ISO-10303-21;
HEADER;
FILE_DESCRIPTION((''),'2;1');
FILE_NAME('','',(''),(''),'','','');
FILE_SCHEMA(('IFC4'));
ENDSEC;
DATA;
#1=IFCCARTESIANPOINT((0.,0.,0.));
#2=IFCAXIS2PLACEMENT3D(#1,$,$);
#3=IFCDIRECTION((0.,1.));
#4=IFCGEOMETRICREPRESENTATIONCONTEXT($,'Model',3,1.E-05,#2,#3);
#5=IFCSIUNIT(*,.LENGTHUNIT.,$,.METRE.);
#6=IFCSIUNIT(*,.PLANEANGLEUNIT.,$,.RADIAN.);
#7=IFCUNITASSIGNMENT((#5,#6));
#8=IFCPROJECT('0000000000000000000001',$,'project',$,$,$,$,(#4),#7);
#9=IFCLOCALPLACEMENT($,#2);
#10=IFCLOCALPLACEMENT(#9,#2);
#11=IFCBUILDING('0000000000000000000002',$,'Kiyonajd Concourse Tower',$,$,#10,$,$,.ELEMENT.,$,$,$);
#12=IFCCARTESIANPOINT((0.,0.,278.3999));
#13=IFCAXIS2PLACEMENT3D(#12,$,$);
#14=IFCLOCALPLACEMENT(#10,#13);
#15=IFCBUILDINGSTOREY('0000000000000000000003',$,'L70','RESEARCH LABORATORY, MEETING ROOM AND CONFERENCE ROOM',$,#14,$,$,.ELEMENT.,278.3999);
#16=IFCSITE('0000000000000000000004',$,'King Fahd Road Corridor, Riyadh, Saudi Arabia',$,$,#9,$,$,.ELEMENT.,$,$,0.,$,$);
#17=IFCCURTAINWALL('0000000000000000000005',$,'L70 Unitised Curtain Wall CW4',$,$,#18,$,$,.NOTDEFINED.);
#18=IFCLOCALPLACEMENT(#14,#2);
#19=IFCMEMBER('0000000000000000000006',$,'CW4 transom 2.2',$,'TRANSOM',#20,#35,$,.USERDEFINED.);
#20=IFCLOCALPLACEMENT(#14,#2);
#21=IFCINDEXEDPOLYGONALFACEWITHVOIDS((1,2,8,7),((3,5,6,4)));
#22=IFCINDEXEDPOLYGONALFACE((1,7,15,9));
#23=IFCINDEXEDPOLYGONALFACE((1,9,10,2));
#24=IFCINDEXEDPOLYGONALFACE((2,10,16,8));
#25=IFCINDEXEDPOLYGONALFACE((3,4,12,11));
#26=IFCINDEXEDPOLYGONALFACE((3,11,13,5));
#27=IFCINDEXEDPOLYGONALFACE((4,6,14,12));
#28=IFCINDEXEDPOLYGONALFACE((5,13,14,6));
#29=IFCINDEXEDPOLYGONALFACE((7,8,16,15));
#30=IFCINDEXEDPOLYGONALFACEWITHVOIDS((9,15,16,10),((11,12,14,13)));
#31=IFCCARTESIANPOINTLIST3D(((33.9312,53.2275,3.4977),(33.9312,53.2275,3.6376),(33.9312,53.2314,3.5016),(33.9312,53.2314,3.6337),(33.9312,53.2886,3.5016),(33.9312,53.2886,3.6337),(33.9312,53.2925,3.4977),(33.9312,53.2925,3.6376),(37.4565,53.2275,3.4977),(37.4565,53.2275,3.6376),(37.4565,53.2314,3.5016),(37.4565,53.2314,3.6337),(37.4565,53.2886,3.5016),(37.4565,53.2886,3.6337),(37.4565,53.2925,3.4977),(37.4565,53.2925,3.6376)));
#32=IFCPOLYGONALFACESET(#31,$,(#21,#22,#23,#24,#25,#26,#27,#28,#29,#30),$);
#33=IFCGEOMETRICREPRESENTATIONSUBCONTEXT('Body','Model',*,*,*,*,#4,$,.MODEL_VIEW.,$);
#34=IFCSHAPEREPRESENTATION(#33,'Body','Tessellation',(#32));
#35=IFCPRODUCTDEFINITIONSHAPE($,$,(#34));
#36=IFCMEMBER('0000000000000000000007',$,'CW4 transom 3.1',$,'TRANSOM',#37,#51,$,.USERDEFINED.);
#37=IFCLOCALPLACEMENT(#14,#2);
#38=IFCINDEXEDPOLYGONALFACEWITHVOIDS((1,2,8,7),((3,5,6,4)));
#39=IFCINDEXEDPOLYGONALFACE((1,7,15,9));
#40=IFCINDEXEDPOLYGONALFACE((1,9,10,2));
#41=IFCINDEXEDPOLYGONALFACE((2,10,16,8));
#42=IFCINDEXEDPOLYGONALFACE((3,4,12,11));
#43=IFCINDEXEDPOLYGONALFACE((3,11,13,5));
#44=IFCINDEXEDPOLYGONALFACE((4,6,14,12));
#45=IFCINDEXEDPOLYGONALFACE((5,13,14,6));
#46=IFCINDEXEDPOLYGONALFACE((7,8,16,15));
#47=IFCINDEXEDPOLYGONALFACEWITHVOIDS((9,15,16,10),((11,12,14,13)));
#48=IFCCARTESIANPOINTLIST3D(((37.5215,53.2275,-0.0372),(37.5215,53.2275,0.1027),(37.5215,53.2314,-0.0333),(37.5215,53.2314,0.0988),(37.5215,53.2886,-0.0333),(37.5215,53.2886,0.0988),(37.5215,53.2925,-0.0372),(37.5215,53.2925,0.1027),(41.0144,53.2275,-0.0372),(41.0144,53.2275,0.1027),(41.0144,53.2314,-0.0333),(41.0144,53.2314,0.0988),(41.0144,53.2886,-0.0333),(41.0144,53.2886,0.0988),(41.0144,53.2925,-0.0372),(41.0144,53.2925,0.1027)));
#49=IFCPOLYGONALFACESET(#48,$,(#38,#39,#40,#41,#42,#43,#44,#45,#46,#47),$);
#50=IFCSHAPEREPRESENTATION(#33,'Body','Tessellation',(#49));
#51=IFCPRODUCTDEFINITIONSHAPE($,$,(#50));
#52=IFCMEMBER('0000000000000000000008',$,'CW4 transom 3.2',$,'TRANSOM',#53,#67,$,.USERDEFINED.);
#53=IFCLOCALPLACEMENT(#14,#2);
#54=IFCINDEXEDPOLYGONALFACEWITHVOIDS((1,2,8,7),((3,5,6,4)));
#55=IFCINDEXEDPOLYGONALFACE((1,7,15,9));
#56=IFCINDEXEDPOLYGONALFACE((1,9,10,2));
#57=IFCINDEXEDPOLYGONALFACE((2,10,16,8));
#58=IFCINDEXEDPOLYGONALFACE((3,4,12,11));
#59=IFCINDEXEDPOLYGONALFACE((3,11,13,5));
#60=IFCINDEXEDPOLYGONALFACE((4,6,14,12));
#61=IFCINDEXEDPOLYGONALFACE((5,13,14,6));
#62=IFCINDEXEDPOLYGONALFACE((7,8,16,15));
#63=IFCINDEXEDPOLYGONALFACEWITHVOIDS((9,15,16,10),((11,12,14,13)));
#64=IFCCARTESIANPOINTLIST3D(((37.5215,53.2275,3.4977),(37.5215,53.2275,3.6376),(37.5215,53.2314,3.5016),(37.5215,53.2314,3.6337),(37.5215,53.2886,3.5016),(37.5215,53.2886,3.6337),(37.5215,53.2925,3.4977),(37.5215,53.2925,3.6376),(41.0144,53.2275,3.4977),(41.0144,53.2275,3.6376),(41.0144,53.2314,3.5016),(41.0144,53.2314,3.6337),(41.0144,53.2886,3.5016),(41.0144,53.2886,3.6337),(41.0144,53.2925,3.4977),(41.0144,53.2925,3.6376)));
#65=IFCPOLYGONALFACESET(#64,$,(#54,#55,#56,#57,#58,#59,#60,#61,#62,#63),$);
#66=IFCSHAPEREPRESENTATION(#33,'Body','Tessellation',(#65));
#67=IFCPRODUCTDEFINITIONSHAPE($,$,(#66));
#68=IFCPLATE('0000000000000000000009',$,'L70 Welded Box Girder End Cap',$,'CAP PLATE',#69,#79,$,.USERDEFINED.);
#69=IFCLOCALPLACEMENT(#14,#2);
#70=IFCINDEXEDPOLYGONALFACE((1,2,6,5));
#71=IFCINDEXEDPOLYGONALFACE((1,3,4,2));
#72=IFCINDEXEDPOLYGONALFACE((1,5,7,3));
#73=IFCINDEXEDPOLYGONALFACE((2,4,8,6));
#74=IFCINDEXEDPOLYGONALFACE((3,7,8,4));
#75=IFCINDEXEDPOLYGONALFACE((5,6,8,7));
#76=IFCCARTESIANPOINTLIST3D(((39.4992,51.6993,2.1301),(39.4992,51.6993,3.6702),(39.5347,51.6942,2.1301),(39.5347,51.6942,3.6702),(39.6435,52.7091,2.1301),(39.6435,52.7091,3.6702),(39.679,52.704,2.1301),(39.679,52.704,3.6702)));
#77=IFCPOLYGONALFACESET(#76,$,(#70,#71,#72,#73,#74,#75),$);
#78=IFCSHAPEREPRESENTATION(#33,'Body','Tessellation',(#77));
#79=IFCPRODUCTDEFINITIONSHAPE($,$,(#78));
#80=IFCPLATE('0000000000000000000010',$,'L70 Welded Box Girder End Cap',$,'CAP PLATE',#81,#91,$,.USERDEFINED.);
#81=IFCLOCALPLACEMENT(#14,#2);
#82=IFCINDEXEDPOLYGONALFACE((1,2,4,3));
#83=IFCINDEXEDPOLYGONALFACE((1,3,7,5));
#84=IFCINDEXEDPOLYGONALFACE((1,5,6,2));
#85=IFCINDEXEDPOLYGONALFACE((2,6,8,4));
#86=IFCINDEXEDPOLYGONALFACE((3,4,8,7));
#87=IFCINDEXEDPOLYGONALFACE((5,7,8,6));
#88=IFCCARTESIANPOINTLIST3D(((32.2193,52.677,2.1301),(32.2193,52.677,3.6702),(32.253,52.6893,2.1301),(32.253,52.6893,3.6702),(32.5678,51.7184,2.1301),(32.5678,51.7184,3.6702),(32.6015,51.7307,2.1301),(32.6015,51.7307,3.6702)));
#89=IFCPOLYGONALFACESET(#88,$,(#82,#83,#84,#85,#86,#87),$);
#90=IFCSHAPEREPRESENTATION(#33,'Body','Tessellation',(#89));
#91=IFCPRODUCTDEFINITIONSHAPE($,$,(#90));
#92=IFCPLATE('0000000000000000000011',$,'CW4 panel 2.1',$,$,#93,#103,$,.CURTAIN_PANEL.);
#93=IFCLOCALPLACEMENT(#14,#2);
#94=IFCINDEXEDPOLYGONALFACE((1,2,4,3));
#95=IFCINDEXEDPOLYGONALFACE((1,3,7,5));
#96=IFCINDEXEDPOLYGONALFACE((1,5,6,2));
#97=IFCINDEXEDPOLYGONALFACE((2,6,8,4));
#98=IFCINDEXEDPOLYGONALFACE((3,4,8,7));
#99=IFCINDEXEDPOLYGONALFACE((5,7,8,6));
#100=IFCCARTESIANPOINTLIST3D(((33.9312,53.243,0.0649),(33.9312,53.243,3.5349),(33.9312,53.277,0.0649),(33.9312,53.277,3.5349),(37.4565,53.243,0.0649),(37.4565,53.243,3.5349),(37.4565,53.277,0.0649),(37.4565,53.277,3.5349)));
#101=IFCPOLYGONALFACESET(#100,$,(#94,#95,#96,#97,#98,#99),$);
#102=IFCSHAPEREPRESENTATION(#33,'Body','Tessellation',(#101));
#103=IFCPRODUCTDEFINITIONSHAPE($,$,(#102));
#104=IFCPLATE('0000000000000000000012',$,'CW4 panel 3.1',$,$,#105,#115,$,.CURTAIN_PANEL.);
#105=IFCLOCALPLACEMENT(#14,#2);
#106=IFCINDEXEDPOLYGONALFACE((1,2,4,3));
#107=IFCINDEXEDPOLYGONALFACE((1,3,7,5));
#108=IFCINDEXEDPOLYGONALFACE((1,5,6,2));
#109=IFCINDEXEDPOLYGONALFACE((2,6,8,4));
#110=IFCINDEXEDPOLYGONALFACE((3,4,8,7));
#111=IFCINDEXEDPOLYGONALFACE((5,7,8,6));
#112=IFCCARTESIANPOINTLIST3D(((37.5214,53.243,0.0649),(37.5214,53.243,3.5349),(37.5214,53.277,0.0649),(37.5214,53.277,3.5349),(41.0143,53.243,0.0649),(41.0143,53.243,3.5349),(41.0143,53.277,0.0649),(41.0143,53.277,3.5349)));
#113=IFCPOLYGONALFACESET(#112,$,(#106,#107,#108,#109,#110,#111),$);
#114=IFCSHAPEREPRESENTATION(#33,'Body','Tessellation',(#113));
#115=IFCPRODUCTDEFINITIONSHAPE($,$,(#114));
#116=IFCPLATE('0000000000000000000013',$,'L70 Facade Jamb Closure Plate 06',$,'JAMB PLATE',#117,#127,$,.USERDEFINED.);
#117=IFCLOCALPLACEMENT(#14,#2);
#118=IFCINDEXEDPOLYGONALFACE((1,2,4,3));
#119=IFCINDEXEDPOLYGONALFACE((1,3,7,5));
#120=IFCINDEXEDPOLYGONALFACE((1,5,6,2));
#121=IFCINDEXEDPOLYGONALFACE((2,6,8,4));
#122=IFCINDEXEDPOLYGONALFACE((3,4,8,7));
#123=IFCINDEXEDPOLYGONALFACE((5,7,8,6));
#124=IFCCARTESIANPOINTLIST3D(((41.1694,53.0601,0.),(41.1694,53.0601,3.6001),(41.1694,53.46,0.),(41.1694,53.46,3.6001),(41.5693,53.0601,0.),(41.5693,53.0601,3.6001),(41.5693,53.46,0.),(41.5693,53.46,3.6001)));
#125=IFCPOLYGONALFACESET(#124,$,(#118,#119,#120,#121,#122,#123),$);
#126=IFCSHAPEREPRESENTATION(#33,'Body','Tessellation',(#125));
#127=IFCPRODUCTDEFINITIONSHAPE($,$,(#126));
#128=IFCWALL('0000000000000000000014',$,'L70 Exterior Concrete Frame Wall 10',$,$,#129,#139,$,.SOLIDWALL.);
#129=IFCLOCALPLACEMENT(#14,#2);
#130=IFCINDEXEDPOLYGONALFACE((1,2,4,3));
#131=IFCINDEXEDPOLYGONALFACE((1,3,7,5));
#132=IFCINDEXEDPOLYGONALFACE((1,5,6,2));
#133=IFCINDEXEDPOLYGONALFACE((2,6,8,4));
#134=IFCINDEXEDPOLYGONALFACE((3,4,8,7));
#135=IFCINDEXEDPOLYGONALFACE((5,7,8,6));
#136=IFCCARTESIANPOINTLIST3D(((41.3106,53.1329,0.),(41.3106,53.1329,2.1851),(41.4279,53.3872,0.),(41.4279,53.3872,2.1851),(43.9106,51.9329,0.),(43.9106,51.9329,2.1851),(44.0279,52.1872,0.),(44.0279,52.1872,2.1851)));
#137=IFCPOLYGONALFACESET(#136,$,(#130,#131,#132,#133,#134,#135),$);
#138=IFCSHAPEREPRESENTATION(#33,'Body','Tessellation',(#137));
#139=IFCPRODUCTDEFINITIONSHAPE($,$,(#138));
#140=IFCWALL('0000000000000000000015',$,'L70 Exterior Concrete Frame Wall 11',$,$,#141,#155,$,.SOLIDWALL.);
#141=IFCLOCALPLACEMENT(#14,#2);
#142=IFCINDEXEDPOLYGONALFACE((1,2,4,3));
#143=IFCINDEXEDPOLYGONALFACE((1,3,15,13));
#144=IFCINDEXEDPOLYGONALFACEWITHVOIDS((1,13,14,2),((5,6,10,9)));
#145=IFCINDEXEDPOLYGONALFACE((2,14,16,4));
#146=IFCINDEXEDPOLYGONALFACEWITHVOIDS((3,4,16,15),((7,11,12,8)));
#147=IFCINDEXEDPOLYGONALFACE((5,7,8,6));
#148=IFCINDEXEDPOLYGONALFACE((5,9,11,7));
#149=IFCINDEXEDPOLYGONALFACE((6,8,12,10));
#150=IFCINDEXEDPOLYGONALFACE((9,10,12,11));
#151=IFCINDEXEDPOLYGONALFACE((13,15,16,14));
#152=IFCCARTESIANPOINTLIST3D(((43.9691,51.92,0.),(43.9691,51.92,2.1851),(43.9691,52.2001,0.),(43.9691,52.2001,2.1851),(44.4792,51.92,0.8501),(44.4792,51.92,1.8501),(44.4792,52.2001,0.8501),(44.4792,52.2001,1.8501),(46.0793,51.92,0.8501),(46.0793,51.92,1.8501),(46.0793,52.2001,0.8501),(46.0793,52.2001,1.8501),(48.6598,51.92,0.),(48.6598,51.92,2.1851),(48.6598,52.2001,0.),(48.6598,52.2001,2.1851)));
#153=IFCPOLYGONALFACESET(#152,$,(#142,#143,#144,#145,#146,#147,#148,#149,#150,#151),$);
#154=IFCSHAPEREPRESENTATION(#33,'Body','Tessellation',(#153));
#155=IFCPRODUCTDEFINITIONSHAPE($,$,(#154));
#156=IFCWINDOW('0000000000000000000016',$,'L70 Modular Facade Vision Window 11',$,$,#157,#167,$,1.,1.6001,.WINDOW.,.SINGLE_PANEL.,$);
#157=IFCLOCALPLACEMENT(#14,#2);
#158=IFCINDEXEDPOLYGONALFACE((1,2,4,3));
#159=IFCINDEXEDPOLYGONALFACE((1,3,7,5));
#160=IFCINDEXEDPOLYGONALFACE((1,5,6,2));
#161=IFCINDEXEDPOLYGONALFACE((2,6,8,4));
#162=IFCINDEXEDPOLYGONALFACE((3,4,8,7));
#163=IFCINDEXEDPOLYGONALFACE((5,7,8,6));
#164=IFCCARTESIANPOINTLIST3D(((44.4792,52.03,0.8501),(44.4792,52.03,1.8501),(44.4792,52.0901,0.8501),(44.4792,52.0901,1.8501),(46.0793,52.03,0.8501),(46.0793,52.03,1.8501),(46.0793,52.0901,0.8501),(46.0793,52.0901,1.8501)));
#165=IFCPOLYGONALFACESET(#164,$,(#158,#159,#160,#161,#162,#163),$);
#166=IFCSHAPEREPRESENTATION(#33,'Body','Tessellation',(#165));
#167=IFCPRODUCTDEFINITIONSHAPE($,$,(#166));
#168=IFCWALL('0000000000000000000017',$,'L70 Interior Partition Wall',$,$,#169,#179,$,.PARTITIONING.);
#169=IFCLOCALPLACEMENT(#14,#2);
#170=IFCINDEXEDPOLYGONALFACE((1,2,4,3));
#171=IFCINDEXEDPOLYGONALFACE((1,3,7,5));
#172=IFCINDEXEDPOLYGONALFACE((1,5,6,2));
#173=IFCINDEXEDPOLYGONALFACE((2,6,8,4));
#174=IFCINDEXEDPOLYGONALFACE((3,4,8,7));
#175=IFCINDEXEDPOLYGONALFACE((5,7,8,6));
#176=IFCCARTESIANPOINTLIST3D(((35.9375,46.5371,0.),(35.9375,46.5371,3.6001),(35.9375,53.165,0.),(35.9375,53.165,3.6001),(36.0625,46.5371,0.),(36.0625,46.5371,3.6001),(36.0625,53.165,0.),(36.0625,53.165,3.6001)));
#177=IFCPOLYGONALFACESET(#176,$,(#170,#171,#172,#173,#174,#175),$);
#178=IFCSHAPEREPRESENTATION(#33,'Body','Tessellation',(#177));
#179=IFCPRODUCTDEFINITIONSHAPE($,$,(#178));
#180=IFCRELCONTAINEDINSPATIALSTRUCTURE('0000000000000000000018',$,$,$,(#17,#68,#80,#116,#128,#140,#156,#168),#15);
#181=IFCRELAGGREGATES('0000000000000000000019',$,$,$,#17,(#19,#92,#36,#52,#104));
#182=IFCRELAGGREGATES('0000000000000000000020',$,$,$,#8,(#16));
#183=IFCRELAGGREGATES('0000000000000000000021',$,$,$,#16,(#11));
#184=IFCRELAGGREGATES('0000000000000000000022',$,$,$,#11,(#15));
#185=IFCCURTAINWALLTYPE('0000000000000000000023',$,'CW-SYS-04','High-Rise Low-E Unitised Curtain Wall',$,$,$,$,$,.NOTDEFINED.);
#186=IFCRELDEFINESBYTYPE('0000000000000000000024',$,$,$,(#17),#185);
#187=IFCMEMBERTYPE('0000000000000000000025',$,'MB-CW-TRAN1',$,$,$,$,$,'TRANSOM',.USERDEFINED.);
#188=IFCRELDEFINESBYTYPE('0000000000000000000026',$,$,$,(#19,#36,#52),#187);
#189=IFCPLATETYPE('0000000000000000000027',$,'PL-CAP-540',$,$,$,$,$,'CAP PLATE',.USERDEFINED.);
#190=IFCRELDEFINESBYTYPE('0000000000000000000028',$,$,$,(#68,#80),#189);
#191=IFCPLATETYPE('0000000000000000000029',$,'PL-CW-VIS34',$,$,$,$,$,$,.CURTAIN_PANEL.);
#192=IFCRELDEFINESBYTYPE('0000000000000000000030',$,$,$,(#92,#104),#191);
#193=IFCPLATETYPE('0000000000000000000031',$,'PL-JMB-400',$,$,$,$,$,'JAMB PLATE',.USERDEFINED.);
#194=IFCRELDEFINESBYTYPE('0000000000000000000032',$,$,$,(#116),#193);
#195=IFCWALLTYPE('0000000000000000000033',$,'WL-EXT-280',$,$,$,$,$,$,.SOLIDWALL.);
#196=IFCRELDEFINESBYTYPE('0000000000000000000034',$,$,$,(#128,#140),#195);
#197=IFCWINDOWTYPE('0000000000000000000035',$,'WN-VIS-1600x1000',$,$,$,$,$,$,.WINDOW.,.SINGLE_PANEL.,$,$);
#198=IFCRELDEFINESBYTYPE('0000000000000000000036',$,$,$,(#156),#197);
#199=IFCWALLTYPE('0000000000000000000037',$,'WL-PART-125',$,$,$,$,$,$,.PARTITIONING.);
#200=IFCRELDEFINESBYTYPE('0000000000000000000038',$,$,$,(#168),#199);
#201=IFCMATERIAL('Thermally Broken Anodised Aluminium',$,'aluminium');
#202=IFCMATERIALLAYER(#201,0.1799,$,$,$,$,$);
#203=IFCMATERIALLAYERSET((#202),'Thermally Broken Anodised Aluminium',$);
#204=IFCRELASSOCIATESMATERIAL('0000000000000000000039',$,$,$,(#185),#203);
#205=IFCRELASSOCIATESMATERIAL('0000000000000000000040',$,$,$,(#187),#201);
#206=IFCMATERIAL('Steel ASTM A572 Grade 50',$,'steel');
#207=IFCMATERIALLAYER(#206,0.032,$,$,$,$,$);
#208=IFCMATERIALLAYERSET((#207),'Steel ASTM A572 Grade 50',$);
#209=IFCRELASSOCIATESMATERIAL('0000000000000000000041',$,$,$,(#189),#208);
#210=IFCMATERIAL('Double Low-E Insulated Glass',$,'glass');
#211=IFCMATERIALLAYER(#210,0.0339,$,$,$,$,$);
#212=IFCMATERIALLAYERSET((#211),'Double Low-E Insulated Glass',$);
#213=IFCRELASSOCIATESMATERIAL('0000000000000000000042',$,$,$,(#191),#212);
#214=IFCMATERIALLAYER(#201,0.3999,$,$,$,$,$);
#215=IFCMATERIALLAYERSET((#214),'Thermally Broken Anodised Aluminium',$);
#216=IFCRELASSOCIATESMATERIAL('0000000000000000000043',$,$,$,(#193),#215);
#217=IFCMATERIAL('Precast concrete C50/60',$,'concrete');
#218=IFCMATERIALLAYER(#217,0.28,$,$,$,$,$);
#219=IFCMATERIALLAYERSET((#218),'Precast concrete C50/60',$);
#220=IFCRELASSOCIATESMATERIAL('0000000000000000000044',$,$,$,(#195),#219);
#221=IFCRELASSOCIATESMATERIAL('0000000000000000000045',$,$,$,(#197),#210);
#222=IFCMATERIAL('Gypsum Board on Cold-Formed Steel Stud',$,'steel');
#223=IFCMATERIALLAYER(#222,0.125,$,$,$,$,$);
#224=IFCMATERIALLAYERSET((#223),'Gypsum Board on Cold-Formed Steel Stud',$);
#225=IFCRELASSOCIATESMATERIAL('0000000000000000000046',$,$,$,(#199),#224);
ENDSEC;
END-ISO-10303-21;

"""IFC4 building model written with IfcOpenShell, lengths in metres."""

from ifc_helpers import new_model, si_unit, direction, frame, frame_2d, origin, origin_2d, place, context, subcontext, project, spatial, rectangle, hollow_rectangle, extrude, material, layer, layer_set, material_profile, profile_set, type_object, element, fill, aggregate, save


model = new_model("IFC4")

# Units and contexts
model_context = context("Model", 3, precision=1e-05, world=origin(), true_north=direction((0.0, 1.0)))
body_context = subcontext(model_context, "Body", "Model", "MODEL_VIEW")
ifc_project = project(units=[si_unit("LENGTHUNIT", "METRE"), si_unit("PLANEANGLEUNIT", "RADIAN")], contexts=[model_context])

# Site, building, storey
site_placement = place(None, origin())
site = spatial("IfcSite", under=ifc_project, at=site_placement, Name="King Fahd Road Corridor, Riyadh, Saudi Arabia", CompositionType="ELEMENT", RefElevation=0.0)
building_placement = place(site_placement, origin())
building = spatial("IfcBuilding", under=site, at=building_placement, Name="Kiyonajd Concourse Tower", CompositionType="ELEMENT")
storey_placement = place(building_placement, frame((0.0, 0.0, 278.3999)))
storey = spatial("IfcBuildingStorey", under=building, at=storey_placement, Name="L70", Description="RESEARCH LABORATORY, MEETING ROOM AND CONFERENCE ROOM", CompositionType="ELEMENT", Elevation=278.3999)

# Curtain wall, members
ifc_material_1 = material(Name="Thermally Broken Anodised Aluminium", Category="aluminium")
ifc_layer_1 = layer(ifc_material_1, 0.1799)
ifc_layer_set_1 = layer_set([ifc_layer_1], Name="Thermally Broken Anodised Aluminium")
curtain_wall_type = type_object("IfcCurtainWallType", Name="CW-SYS-04", Description="High-Rise Low-E Unitised Curtain Wall", PredefinedType="NOTDEFINED", material=ifc_layer_set_1)
curtain_wall_placement = place(storey_placement, origin())
curtain_wall = element("IfcCurtainWall", 1, at=curtain_wall_placement, inside=storey, type_object=curtain_wall_type, Name="L70 Unitised Curtain Wall CW4", PredefinedType="NOTDEFINED")
ifc_material_profile_1 = material_profile(ifc_material_1, hollow_rectangle(XDim=0.0649, YDim=0.1399, WallThickness=0.0039, at=origin_2d()), Name="TRAN-65x140")
ifc_profile_set_1 = profile_set([ifc_material_profile_1], Name="Thermally Broken Anodised Aluminium")
member_type_1 = type_object("IfcMemberType", Name="MB-CW-TRAN1", ElementType="TRANSOM", PredefinedType="USERDEFINED", material=ifc_profile_set_1)
member_1_placement = place(storey_placement, frame((33.9312, 53.26, 3.5676), z_axis=(1.0, 0.0, 0.0), x_axis=(0.0, 1.0, 0.0)))
member_1 = element("IfcMember", 2, at=member_1_placement, type_object=member_type_1, Name="CW4 transom 2.2", ObjectType="TRANSOM", PredefinedType="USERDEFINED", context=body_context, shape_type="SweptSolid", body=[
    extrude(hollow_rectangle(XDim=0.0649, YDim=0.1399, WallThickness=0.0039, at=origin_2d()), origin(), (0.0, 0.0, 1.0), 3.5254),
])
member_2_placement = place(storey_placement, frame((37.5215, 53.26, 0.0327), z_axis=(1.0, 0.0, 0.0), x_axis=(0.0, 1.0, 0.0)))
member_2 = element("IfcMember", 3, at=member_2_placement, type_object=member_type_1, Name="CW4 transom 3.1", ObjectType="TRANSOM", PredefinedType="USERDEFINED", context=body_context, shape_type="SweptSolid", body=[
    extrude(hollow_rectangle(XDim=0.0649, YDim=0.1399, WallThickness=0.0039, at=origin_2d()), origin(), (0.0, 0.0, 1.0), 3.4929),
])
member_3_placement = place(storey_placement, frame((37.5215, 53.26, 3.5676), z_axis=(1.0, 0.0, 0.0), x_axis=(0.0, 1.0, 0.0)))
member_3 = element("IfcMember", 4, at=member_3_placement, type_object=member_type_1, Name="CW4 transom 3.2", ObjectType="TRANSOM", PredefinedType="USERDEFINED", context=body_context, shape_type="SweptSolid", body=[
    extrude(hollow_rectangle(XDim=0.0649, YDim=0.1399, WallThickness=0.0039, at=origin_2d()), origin(), (0.0, 0.0, 1.0), 3.4929),
])

# Plates
ifc_material_2 = material(Name="Steel ASTM A572 Grade 50", Category="steel")
ifc_layer_2 = layer(ifc_material_2, 0.032)
ifc_layer_set_2 = layer_set([ifc_layer_2], Name="Steel ASTM A572 Grade 50")
plate_type_1 = type_object("IfcPlateType", Name="PL-CAP-540", ElementType="CAP PLATE", PredefinedType="USERDEFINED", material=ifc_layer_set_2)
for number, where, z_axis, x_axis, name in (
    (5, (39.5891, 52.2017, 2.1301), (0.0, 0.0, 1.0), (-0.98995, 0.14142, 0.0), "L70 Welded Box Girder End Cap"),
    (6, (32.4104, 52.2039, 2.1301), (0.0, 0.0, 1.0), (0.939812, 0.341692, 0.0), "L70 Welded Box Girder End Cap"),
):
    element("IfcPlate", number, at=place(storey_placement, frame(where, z_axis=z_axis, x_axis=x_axis)), inside=storey, type_object=plate_type_1, Name=name, ObjectType="CAP PLATE", PredefinedType="USERDEFINED", context=body_context, shape_type="SweptSolid", body=[
        extrude(rectangle(XDim=0.0359, YDim=1.02, at=origin_2d()), origin(), (0.0, 0.0, 1.0), 1.54),
    ])

# Plates
ifc_material_3 = material(Name="Double Low-E Insulated Glass", Category="glass")
ifc_layer_3 = layer(ifc_material_3, 0.0339)
ifc_layer_set_3 = layer_set([ifc_layer_3], Name="Double Low-E Insulated Glass")
plate_type_2 = type_object("IfcPlateType", Name="PL-CW-VIS34", PredefinedType="CURTAIN_PANEL", material=ifc_layer_set_3)
plate_1_placement = place(storey_placement, frame((35.6938, 53.26, 0.0649), z_axis=(0.0, 0.0, 1.0), x_axis=(1.0, 0.0, 0.0)))
plate_1 = element("IfcPlate", 7, at=plate_1_placement, type_object=plate_type_2, Name="CW4 panel 2.1", PredefinedType="CURTAIN_PANEL", context=body_context, shape_type="SweptSolid", body=[
    extrude(rectangle(XDim=3.5254, YDim=0.0339, at=origin_2d()), origin(), (0.0, 0.0, 1.0), 3.47),
])
plate_2_placement = place(storey_placement, frame((39.2678, 53.26, 0.0649), z_axis=(0.0, 0.0, 1.0), x_axis=(1.0, 0.0, 0.0)))
plate_2 = element("IfcPlate", 8, at=plate_2_placement, type_object=plate_type_2, Name="CW4 panel 3.1", PredefinedType="CURTAIN_PANEL", context=body_context, shape_type="SweptSolid", body=[
    extrude(rectangle(XDim=3.4929, YDim=0.0339, at=origin_2d()), origin(), (0.0, 0.0, 1.0), 3.47),
])
aggregate(curtain_wall, [member_1, plate_1, member_2, member_3, plate_2])
ifc_layer_4 = layer(ifc_material_1, 0.3999)
ifc_layer_set_4 = layer_set([ifc_layer_4], Name="Thermally Broken Anodised Aluminium")
plate_type_3 = type_object("IfcPlateType", Name="PL-JMB-400", ElementType="JAMB PLATE", PredefinedType="USERDEFINED", material=ifc_layer_set_4)
plate_3_placement = place(storey_placement, frame((41.3694, 53.26, 0.0), z_axis=(0.0, 0.0, 1.0), x_axis=(1.0, 0.0, 0.0)))
element("IfcPlate", 9, at=plate_3_placement, inside=storey, type_object=plate_type_3, Name="L70 Facade Jamb Closure Plate 06", ObjectType="JAMB PLATE", PredefinedType="USERDEFINED", context=body_context, shape_type="SweptSolid", body=[
    extrude(rectangle(XDim=0.3999, YDim=0.3999, at=origin_2d()), origin(), (0.0, 0.0, 1.0), 3.6001),
])

# Wall
ifc_material_4 = material(Name="Precast concrete C50/60", Category="concrete")
ifc_layer_5 = layer(ifc_material_4, 0.28)
ifc_layer_set_5 = layer_set([ifc_layer_5], Name="Precast concrete C50/60")
wall_type_1 = type_object("IfcWallType", Name="WL-EXT-280", PredefinedType="SOLIDWALL", material=ifc_layer_set_5)
wall_1_placement = place(storey_placement, frame((41.3694, 53.26, 0.0), z_axis=(0.0, 0.0, 1.0), x_axis=(0.907957, -0.419064, 0.0)))
element("IfcWall", 10, at=wall_1_placement, inside=storey, type_object=wall_type_1, Name="L70 Exterior Concrete Frame Wall 10", PredefinedType="SOLIDWALL", context=body_context, shape_type="SweptSolid", body=[
    extrude(rectangle(XDim=2.8635, YDim=0.28, at=frame_2d((1.4316, 0.0))), origin(), (0.0, 0.0, 1.0), 2.1851),
])

# Wall, opening, window
wall_2_placement = place(storey_placement, frame((43.9692, 52.0601, 0.0), z_axis=(0.0, 0.0, 1.0), x_axis=(1.0, 0.0, 0.0)))
wall_2 = element("IfcWall", 11, at=wall_2_placement, inside=storey, type_object=wall_type_1, Name="L70 Exterior Concrete Frame Wall 11", PredefinedType="SOLIDWALL", context=body_context, shape_type="SweptSolid", body=[
    extrude(rectangle(XDim=4.6907, YDim=0.28, at=frame_2d((2.3452, 0.0))), origin(), (0.0, 0.0, 1.0), 2.1851),
])
opening_placement = place(wall_2_placement, frame((0.51, 0.0, 0.8501)))
opening = element("IfcOpeningElement", 12, at=opening_placement, cuts=wall_2, PredefinedType="OPENING", context=body_context, shape_type="SweptSolid", body=[
    extrude(rectangle(XDim=1.6001, YDim=1.0, at=frame_2d((0.8, 0.5))), frame((0.0, 0.1499, 0.0), z_axis=(0.0, -1.0, 0.0), x_axis=(1.0, 0.0, 0.0)), (0.0, 0.0, 1.0), 0.3),
])
window_type = type_object("IfcWindowType", Name="WN-VIS-1600x1000", PartitioningType="SINGLE_PANEL", PredefinedType="WINDOW", material=ifc_material_3)
window_placement = place(opening_placement, origin())
window = element("IfcWindow", 13, at=window_placement, inside=storey, type_object=window_type, Name="L70 Modular Facade Vision Window 11", OverallHeight=1.0, OverallWidth=1.6001, PartitioningType="SINGLE_PANEL", PredefinedType="WINDOW", context=body_context, shape_type="SweptSolid", body=[
    extrude(rectangle(XDim=1.6001, YDim=1.0, at=frame_2d((0.8, 0.5))), frame((0.0, 0.03, 0.0), z_axis=(0.0, -1.0, 0.0), x_axis=(1.0, 0.0, 0.0)), (0.0, 0.0, 1.0), 0.0601),
])
fill(opening, window)

# Wall
ifc_material_5 = material(Name="Gypsum Board on Cold-Formed Steel Stud", Category="steel")
ifc_layer_6 = layer(ifc_material_5, 0.125)
ifc_layer_set_6 = layer_set([ifc_layer_6], Name="Gypsum Board on Cold-Formed Steel Stud")
wall_type_2 = type_object("IfcWallType", Name="WL-PART-125", PredefinedType="PARTITIONING", material=ifc_layer_set_6)
wall_3_placement = place(storey_placement, frame((36.0, 46.5371, 0.0), z_axis=(0.0, 0.0, 1.0), x_axis=(0.0, 1.0, 0.0)))
element("IfcWall", 14, at=wall_3_placement, inside=storey, type_object=wall_type_2, Name="L70 Interior Partition Wall", PredefinedType="PARTITIONING", context=body_context, shape_type="SweptSolid", body=[
    extrude(rectangle(XDim=6.6279, YDim=0.125, at=frame_2d((3.314, 0.0))), origin(), (0.0, 0.0, 1.0), 3.6001),
])

save(model, "model.ifc")
